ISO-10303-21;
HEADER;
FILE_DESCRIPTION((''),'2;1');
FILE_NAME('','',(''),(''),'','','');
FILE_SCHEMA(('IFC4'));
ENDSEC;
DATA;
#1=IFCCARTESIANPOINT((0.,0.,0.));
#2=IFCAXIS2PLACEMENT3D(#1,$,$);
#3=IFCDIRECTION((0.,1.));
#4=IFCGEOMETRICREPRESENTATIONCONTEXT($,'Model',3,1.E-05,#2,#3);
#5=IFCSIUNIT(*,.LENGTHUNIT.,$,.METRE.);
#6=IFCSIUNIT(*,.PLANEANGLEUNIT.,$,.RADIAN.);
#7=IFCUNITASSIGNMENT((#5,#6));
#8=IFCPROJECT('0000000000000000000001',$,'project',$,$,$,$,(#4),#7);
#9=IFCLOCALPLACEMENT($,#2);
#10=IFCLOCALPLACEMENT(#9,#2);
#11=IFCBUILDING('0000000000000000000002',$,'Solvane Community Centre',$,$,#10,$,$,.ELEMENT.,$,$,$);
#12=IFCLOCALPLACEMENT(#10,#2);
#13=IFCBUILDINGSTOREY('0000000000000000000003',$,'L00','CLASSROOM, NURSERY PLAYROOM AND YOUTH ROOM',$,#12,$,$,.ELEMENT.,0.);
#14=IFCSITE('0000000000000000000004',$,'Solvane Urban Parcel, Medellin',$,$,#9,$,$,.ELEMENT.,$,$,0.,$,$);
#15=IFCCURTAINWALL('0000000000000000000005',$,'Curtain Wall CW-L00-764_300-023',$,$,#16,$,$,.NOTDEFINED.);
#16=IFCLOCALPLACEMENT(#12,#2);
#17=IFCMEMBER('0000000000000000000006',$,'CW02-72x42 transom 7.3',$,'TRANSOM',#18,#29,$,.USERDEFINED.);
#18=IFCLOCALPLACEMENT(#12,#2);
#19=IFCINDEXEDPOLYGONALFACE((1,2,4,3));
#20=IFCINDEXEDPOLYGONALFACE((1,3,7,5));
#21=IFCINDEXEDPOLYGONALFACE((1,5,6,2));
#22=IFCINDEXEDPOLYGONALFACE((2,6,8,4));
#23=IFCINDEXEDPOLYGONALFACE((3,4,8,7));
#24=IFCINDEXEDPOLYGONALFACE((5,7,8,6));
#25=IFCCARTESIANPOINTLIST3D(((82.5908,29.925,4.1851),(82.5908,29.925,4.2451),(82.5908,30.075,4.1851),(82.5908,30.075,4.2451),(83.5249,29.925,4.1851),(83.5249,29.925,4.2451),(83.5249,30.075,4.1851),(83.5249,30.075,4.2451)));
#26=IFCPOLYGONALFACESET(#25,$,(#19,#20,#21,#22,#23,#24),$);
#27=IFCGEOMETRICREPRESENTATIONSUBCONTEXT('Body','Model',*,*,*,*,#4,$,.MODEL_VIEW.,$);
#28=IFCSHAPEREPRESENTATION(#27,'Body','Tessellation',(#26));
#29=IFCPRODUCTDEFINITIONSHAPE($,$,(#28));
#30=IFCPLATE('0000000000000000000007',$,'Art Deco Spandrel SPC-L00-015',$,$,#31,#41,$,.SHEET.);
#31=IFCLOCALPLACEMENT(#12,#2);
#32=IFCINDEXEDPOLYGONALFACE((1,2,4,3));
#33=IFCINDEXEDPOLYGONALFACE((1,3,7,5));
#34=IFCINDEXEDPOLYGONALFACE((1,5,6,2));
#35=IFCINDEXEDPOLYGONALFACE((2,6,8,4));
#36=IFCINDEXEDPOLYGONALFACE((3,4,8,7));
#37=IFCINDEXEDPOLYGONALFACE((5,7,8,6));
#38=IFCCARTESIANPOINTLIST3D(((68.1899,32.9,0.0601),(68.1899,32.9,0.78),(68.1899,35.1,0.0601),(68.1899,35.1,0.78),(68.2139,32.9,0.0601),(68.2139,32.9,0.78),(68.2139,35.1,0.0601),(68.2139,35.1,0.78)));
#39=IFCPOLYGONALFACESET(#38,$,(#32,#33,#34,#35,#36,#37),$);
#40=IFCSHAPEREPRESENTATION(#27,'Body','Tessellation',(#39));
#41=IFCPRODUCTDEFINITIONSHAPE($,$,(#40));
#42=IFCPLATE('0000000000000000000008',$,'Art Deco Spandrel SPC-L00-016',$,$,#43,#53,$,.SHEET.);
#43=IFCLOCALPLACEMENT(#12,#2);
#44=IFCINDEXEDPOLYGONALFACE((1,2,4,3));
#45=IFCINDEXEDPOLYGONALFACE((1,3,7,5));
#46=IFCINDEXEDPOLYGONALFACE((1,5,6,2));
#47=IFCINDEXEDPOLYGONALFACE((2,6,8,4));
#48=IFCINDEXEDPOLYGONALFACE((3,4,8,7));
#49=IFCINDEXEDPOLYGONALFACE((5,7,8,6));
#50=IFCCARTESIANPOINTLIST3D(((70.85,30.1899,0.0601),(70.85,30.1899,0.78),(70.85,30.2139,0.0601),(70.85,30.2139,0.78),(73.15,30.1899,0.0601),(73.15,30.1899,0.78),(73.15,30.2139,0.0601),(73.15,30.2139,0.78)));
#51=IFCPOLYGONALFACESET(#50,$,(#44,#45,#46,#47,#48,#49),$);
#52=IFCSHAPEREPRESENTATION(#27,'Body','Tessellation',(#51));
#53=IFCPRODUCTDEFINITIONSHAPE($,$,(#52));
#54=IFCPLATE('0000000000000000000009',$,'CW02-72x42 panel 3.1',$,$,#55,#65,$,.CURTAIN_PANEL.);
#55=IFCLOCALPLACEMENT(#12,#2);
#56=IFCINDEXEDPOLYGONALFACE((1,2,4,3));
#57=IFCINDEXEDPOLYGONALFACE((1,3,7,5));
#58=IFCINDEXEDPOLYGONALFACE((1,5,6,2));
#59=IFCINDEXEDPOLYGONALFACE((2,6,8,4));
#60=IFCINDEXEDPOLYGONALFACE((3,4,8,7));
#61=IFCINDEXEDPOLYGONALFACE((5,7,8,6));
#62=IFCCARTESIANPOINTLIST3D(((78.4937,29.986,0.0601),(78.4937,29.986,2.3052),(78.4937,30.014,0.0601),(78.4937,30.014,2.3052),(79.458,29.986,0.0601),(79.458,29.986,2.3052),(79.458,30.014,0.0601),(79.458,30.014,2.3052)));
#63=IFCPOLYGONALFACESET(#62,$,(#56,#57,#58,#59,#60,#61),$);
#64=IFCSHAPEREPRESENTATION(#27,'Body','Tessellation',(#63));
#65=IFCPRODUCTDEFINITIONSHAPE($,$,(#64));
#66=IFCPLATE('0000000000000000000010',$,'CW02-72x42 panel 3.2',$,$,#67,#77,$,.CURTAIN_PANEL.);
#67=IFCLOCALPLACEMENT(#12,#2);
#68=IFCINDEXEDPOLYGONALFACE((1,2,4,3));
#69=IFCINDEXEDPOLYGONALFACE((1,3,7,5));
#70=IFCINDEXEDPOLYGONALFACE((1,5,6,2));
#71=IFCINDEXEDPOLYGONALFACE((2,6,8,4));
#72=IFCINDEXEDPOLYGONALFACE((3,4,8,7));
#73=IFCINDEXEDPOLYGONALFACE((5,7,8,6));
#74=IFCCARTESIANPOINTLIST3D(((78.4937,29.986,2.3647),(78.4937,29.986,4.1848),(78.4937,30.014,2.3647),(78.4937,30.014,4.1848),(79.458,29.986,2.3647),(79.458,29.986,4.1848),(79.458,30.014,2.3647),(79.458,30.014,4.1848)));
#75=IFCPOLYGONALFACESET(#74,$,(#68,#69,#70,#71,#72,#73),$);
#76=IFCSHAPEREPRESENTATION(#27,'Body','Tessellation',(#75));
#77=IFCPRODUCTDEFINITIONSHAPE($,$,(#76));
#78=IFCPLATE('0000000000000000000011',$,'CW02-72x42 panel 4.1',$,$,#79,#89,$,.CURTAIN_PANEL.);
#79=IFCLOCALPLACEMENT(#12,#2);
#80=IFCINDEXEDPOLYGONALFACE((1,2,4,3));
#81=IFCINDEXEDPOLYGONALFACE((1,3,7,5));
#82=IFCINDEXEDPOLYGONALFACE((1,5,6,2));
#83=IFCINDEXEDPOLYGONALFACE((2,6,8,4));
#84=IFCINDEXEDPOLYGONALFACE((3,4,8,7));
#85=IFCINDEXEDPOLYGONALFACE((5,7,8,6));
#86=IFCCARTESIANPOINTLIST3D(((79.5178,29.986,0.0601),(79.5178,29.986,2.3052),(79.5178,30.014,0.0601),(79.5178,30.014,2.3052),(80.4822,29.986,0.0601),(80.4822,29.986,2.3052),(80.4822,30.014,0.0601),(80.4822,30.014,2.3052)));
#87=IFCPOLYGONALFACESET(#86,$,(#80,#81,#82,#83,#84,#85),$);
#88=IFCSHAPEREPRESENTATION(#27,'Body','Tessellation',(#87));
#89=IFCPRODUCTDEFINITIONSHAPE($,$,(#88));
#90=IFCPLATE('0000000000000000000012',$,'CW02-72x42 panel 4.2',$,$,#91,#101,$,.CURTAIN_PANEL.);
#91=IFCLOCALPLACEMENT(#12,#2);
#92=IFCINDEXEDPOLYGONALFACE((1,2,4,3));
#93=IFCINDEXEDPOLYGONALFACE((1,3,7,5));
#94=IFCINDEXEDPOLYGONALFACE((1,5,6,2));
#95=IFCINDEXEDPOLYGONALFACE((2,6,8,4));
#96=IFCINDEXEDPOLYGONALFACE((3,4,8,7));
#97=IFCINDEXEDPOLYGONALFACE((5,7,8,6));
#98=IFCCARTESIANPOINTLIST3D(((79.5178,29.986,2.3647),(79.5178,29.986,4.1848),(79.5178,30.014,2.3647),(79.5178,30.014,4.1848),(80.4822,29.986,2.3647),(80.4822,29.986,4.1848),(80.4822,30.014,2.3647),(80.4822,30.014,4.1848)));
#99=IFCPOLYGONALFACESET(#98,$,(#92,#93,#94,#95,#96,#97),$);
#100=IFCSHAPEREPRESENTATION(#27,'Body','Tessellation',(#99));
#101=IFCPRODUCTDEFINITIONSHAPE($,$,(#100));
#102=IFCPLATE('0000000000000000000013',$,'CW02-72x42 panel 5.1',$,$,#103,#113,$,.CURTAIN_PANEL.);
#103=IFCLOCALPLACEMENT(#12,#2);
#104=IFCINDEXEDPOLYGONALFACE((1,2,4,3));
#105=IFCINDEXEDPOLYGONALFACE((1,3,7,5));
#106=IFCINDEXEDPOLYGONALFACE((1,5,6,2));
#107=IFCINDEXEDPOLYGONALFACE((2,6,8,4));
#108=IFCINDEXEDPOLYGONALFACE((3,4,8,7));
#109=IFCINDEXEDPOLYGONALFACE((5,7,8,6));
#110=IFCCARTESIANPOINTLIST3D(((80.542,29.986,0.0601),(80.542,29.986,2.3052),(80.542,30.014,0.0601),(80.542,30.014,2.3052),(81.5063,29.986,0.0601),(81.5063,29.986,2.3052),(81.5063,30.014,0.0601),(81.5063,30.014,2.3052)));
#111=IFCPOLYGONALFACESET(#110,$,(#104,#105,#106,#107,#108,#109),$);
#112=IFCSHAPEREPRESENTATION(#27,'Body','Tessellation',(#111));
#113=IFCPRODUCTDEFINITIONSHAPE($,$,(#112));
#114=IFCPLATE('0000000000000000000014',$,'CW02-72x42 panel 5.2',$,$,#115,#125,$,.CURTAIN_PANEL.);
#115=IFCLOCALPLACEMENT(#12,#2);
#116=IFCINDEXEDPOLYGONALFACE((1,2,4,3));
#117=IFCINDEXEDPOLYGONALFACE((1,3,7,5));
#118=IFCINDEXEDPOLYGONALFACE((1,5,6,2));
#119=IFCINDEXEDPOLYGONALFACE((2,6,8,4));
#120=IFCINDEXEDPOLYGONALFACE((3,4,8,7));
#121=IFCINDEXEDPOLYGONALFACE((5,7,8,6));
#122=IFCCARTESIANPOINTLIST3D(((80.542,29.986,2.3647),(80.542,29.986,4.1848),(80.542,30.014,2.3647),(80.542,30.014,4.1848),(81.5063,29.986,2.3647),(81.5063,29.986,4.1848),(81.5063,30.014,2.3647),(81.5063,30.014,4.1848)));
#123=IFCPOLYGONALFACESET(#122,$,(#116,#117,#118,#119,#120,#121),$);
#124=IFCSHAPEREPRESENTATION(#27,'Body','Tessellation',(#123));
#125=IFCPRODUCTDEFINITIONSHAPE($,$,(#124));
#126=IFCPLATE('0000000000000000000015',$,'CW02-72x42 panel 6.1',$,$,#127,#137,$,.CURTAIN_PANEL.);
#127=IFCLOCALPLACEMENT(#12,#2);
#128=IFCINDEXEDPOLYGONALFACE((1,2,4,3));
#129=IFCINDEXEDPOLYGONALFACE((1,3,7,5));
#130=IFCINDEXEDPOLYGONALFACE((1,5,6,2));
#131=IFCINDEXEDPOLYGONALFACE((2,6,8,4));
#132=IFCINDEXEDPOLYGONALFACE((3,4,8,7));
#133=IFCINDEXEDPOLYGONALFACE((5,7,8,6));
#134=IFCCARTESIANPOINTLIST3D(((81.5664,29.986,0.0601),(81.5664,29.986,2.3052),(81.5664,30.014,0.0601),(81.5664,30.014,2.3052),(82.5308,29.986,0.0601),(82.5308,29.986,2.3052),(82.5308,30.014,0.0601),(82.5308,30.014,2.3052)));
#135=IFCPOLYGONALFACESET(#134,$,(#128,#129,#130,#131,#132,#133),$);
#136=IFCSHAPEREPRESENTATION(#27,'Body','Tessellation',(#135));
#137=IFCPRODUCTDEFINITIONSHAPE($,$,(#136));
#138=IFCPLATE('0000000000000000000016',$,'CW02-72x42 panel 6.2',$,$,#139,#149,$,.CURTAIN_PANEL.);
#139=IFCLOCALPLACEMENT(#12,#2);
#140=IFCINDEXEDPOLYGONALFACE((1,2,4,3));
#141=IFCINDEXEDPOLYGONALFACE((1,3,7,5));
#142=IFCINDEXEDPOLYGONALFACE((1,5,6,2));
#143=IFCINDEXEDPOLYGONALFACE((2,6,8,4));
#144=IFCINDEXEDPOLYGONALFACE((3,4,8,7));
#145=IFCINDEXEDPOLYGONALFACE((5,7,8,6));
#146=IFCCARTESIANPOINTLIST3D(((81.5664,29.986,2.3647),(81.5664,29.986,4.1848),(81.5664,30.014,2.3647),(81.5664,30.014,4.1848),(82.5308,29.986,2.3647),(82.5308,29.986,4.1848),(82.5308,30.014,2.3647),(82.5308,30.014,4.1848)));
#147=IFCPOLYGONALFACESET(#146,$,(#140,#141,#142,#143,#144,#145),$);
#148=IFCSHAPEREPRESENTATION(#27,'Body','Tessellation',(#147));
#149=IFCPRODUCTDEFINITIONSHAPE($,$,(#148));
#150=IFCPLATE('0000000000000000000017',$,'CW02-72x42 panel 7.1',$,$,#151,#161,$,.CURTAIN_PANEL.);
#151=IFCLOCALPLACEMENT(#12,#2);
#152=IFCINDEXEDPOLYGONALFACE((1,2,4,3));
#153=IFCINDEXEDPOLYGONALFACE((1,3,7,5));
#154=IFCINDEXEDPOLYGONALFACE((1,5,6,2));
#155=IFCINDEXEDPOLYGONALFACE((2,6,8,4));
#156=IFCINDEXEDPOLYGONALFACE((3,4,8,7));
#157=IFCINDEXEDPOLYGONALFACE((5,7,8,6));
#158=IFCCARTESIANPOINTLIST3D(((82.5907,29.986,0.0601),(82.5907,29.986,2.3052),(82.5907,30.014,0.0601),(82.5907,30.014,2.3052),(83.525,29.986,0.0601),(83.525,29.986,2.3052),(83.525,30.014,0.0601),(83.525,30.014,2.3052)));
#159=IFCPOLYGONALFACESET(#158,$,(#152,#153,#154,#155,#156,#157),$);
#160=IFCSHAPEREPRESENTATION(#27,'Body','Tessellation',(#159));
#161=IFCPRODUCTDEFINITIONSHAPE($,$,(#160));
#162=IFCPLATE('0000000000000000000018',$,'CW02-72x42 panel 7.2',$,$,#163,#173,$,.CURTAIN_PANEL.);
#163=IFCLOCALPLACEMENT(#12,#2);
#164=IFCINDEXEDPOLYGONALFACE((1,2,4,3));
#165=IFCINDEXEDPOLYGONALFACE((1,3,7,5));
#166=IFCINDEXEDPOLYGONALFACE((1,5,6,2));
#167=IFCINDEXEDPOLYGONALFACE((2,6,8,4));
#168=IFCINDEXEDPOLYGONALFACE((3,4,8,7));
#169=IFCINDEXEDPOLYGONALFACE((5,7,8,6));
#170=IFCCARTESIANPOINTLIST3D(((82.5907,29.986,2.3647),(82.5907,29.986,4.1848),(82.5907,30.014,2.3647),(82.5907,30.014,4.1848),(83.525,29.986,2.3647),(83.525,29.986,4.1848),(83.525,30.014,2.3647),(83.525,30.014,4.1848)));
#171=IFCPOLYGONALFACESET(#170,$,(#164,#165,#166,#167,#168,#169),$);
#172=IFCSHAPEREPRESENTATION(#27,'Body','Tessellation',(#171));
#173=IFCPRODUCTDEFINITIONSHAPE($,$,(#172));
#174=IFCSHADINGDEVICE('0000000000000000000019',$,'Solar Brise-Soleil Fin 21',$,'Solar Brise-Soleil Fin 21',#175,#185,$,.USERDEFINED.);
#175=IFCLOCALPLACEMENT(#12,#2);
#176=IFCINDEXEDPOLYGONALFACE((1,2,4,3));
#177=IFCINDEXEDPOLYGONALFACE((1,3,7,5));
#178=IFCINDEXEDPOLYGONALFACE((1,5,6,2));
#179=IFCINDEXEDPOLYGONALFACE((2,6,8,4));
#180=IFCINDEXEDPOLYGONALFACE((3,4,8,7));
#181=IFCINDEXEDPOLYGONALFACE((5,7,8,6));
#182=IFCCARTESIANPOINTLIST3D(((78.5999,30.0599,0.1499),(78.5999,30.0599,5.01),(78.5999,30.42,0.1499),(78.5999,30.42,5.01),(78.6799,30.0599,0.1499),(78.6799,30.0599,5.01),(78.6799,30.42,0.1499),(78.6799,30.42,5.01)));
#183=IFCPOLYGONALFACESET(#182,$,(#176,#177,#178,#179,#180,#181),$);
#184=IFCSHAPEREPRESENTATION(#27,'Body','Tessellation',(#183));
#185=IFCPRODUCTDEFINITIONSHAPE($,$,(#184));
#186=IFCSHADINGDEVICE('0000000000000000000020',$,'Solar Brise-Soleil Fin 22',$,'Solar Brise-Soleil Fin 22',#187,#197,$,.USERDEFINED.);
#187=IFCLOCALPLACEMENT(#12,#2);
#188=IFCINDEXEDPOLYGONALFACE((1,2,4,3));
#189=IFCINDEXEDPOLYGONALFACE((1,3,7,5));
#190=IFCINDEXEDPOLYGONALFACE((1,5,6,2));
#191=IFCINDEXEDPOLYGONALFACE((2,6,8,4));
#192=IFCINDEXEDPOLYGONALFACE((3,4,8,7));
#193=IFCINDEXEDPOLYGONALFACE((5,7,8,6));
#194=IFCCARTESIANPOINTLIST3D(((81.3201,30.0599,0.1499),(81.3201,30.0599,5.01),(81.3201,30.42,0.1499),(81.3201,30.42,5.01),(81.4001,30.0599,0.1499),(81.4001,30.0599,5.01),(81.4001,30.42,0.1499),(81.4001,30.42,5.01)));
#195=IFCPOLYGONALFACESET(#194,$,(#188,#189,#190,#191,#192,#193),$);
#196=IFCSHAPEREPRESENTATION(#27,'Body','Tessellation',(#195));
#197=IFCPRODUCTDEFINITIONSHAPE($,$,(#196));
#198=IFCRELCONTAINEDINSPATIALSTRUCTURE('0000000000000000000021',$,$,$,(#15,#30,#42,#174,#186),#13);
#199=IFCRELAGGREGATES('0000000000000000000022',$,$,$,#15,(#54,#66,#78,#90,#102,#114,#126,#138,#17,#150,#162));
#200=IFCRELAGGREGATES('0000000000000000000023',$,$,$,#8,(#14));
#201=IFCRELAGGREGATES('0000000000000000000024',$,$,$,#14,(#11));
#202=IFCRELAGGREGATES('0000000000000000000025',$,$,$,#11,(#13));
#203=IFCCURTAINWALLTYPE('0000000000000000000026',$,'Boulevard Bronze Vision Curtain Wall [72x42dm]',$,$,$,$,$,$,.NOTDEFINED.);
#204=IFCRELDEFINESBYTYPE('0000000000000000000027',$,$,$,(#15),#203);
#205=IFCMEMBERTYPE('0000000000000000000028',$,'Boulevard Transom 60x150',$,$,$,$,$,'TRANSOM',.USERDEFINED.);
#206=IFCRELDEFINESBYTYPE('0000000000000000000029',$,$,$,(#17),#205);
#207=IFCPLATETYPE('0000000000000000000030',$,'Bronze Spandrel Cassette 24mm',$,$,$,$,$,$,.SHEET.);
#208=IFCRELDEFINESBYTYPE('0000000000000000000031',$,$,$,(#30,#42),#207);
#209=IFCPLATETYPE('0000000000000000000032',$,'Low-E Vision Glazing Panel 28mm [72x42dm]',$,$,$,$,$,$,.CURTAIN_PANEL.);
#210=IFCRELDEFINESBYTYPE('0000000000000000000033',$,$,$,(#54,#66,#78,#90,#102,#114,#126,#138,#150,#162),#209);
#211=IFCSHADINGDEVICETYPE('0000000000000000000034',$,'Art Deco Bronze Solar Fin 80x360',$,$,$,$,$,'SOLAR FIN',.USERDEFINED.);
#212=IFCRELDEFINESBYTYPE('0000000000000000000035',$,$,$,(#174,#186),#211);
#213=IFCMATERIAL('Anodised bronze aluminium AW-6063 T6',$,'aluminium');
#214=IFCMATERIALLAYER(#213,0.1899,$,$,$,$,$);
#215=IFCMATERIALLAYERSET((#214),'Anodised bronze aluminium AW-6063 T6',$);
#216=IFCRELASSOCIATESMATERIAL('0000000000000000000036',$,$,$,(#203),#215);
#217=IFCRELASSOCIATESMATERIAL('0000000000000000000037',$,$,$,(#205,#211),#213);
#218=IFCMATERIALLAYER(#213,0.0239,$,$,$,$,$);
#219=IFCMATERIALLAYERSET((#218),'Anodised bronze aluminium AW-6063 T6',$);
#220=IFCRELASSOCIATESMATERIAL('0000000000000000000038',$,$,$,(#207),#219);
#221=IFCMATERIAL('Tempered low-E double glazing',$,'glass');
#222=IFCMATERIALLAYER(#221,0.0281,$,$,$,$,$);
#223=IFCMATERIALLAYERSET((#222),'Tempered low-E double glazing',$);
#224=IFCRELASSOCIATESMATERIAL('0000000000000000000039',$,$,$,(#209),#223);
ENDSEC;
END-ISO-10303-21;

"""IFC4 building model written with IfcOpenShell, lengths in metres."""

from ifc_helpers import new_model, si_unit, direction, frame, origin, origin_2d, place, context, subcontext, project, spatial, rectangle, extrude, material, layer, layer_set, material_profile, profile_set, type_object, element, aggregate, save


model = new_model("IFC4")

# Units and contexts
model_context = context("Model", 3, precision=1e-05, world=origin(), true_north=direction((0.0, 1.0)))
body_context = subcontext(model_context, "Body", "Model", "MODEL_VIEW")
ifc_project = project(units=[si_unit("LENGTHUNIT", "METRE"), si_unit("PLANEANGLEUNIT", "RADIAN")], contexts=[model_context])

# Site, building, storey
site_placement = place(None, origin())
site = spatial("IfcSite", under=ifc_project, at=site_placement, Name="Solvane Urban Parcel, Medellin", CompositionType="ELEMENT", RefElevation=0.0)
building_placement = place(site_placement, origin())
building = spatial("IfcBuilding", under=site, at=building_placement, Name="Solvane Community Centre", CompositionType="ELEMENT")
storey_placement = place(building_placement, origin())
storey = spatial("IfcBuildingStorey", under=building, at=storey_placement, Name="L00", Description="CLASSROOM, NURSERY PLAYROOM AND YOUTH ROOM", CompositionType="ELEMENT", Elevation=0.0)

# Curtain wall, member
ifc_material_1 = material(Name="Anodised bronze aluminium AW-6063 T6", Category="aluminium")
ifc_layer_1 = layer(ifc_material_1, 0.1899)
ifc_layer_set_1 = layer_set([ifc_layer_1], Name="Anodised bronze aluminium AW-6063 T6")
curtain_wall_type = type_object("IfcCurtainWallType", Name="Boulevard Bronze Vision Curtain Wall [72x42dm]", PredefinedType="NOTDEFINED", material=ifc_layer_set_1)
curtain_wall_placement = place(storey_placement, origin())
curtain_wall = element("IfcCurtainWall", 1, at=curtain_wall_placement, inside=storey, type_object=curtain_wall_type, Name="Curtain Wall CW-L00-764_300-023", PredefinedType="NOTDEFINED")
ifc_material_profile_1 = material_profile(ifc_material_1, rectangle(XDim=0.1499, YDim=0.0601, at=origin_2d()), Name="CW-T 60x150")
ifc_profile_set_1 = profile_set([ifc_material_profile_1], Name="Anodised bronze aluminium AW-6063 T6")
member_type_1 = type_object("IfcMemberType", Name="Boulevard Transom 60x150", ElementType="TRANSOM", PredefinedType="USERDEFINED", material=ifc_profile_set_1)
member_1_placement = place(storey_placement, frame((82.5908, 30.0, 4.2151), z_axis=(1.0, 0.0, 0.0), x_axis=(0.0, 1.0, 0.0)))
member_1 = element("IfcMember", 2, at=member_1_placement, type_object=member_type_1, Name="CW02-72x42 transom 7.3", ObjectType="TRANSOM", PredefinedType="USERDEFINED", context=body_context, shape_type="SweptSolid", body=[
    extrude(rectangle(XDim=0.1499, YDim=0.0601, at=origin_2d()), origin(), (0.0, 0.0, 1.0), 0.9341),
])

# Plates
ifc_layer_2 = layer(ifc_material_1, 0.0239)
ifc_layer_set_2 = layer_set([ifc_layer_2], Name="Anodised bronze aluminium AW-6063 T6")
plate_type_1 = type_object("IfcPlateType", Name="Bronze Spandrel Cassette 24mm", PredefinedType="SHEET", material=ifc_layer_set_2)
plate_1_placement = place(storey_placement, frame((68.2019, 34.0, 0.0601), z_axis=(0.0, 0.0, 1.0), x_axis=(0.0, -1.0, 0.0)))
element("IfcPlate", 3, at=plate_1_placement, inside=storey, type_object=plate_type_1, Name="Art Deco Spandrel SPC-L00-015", PredefinedType="SHEET", context=body_context, shape_type="SweptSolid", body=[
    extrude(rectangle(XDim=2.2, YDim=0.0239, at=origin_2d()), origin(), (0.0, 0.0, 1.0), 0.72),
])
plate_2_placement = place(storey_placement, frame((72.0, 30.2019, 0.0601), z_axis=(0.0, 0.0, 1.0), x_axis=(1.0, 0.0, 0.0)))
element("IfcPlate", 4, at=plate_2_placement, inside=storey, type_object=plate_type_1, Name="Art Deco Spandrel SPC-L00-016", PredefinedType="SHEET", context=body_context, shape_type="SweptSolid", body=[
    extrude(rectangle(XDim=2.3, YDim=0.0239, at=origin_2d()), origin(), (0.0, 0.0, 1.0), 0.72),
])

# Plates
ifc_material_2 = material(Name="Tempered low-E double glazing", Category="glass")
ifc_layer_3 = layer(ifc_material_2, 0.0281)
ifc_layer_set_3 = layer_set([ifc_layer_3], Name="Tempered low-E double glazing")
plate_type_2 = type_object("IfcPlateType", Name="Low-E Vision Glazing Panel 28mm [72x42dm]", PredefinedType="CURTAIN_PANEL", material=ifc_layer_set_3)
plate_3_placement = place(storey_placement, frame((78.9758, 30.0, 0.0601), z_axis=(0.0, 0.0, 1.0), x_axis=(1.0, 0.0, 0.0)))
plate_3 = element("IfcPlate", 5, at=plate_3_placement, type_object=plate_type_2, Name="CW02-72x42 panel 3.1", PredefinedType="CURTAIN_PANEL", context=body_context, shape_type="SweptSolid", body=[
    extrude(rectangle(XDim=0.9644, YDim=0.0281, at=origin_2d()), origin(), (0.0, 0.0, 1.0), 2.2451),
])
plate_4_placement = place(storey_placement, frame((78.9758, 30.0, 2.3647), z_axis=(0.0, 0.0, 1.0), x_axis=(1.0, 0.0, 0.0)))
plate_4 = element("IfcPlate", 6, at=plate_4_placement, type_object=plate_type_2, Name="CW02-72x42 panel 3.2", PredefinedType="CURTAIN_PANEL", context=body_context, shape_type="SweptSolid", body=[
    extrude(rectangle(XDim=0.9644, YDim=0.0281, at=origin_2d()), origin(), (0.0, 0.0, 1.0), 1.8201),
])
plate_5_placement = place(storey_placement, frame((80.0, 30.0, 0.0601), z_axis=(0.0, 0.0, 1.0), x_axis=(1.0, 0.0, 0.0)))
plate_5 = element("IfcPlate", 7, at=plate_5_placement, type_object=plate_type_2, Name="CW02-72x42 panel 4.1", PredefinedType="CURTAIN_PANEL", context=body_context, shape_type="SweptSolid", body=[
    extrude(rectangle(XDim=0.9644, YDim=0.0281, at=origin_2d()), origin(), (0.0, 0.0, 1.0), 2.2451),
])
plate_6_placement = place(storey_placement, frame((80.0, 30.0, 2.3647), z_axis=(0.0, 0.0, 1.0), x_axis=(1.0, 0.0, 0.0)))
plate_6 = element("IfcPlate", 8, at=plate_6_placement, type_object=plate_type_2, Name="CW02-72x42 panel 4.2", PredefinedType="CURTAIN_PANEL", context=body_context, shape_type="SweptSolid", body=[
    extrude(rectangle(XDim=0.9644, YDim=0.0281, at=origin_2d()), origin(), (0.0, 0.0, 1.0), 1.8201),
])
plate_7_placement = place(storey_placement, frame((81.0242, 30.0, 0.0601), z_axis=(0.0, 0.0, 1.0), x_axis=(1.0, 0.0, 0.0)))
plate_7 = element("IfcPlate", 9, at=plate_7_placement, type_object=plate_type_2, Name="CW02-72x42 panel 5.1", PredefinedType="CURTAIN_PANEL", context=body_context, shape_type="SweptSolid", body=[
    extrude(rectangle(XDim=0.9644, YDim=0.0281, at=origin_2d()), origin(), (0.0, 0.0, 1.0), 2.2451),
])
plate_8_placement = place(storey_placement, frame((81.0242, 30.0, 2.3647), z_axis=(0.0, 0.0, 1.0), x_axis=(1.0, 0.0, 0.0)))
plate_8 = element("IfcPlate", 10, at=plate_8_placement, type_object=plate_type_2, Name="CW02-72x42 panel 5.2", PredefinedType="CURTAIN_PANEL", context=body_context, shape_type="SweptSolid", body=[
    extrude(rectangle(XDim=0.9644, YDim=0.0281, at=origin_2d()), origin(), (0.0, 0.0, 1.0), 1.8201),
])
plate_9_placement = place(storey_placement, frame((82.0486, 30.0, 0.0601), z_axis=(0.0, 0.0, 1.0), x_axis=(1.0, 0.0, 0.0)))
plate_9 = element("IfcPlate", 11, at=plate_9_placement, type_object=plate_type_2, Name="CW02-72x42 panel 6.1", PredefinedType="CURTAIN_PANEL", context=body_context, shape_type="SweptSolid", body=[
    extrude(rectangle(XDim=0.9644, YDim=0.0281, at=origin_2d()), origin(), (0.0, 0.0, 1.0), 2.2451),
])
plate_10_placement = place(storey_placement, frame((82.0486, 30.0, 2.3647), z_axis=(0.0, 0.0, 1.0), x_axis=(1.0, 0.0, 0.0)))
plate_10 = element("IfcPlate", 12, at=plate_10_placement, type_object=plate_type_2, Name="CW02-72x42 panel 6.2", PredefinedType="CURTAIN_PANEL", context=body_context, shape_type="SweptSolid", body=[
    extrude(rectangle(XDim=0.9644, YDim=0.0281, at=origin_2d()), origin(), (0.0, 0.0, 1.0), 1.8201),
])
plate_11_placement = place(storey_placement, frame((83.0579, 30.0, 0.0601), z_axis=(0.0, 0.0, 1.0), x_axis=(1.0, 0.0, 0.0)))
plate_11 = element("IfcPlate", 13, at=plate_11_placement, type_object=plate_type_2, Name="CW02-72x42 panel 7.1", PredefinedType="CURTAIN_PANEL", context=body_context, shape_type="SweptSolid", body=[
    extrude(rectangle(XDim=0.9343, YDim=0.0281, at=origin_2d()), origin(), (0.0, 0.0, 1.0), 2.2451),
])
plate_12_placement = place(storey_placement, frame((83.0579, 30.0, 2.3647), z_axis=(0.0, 0.0, 1.0), x_axis=(1.0, 0.0, 0.0)))
plate_12 = element("IfcPlate", 14, at=plate_12_placement, type_object=plate_type_2, Name="CW02-72x42 panel 7.2", PredefinedType="CURTAIN_PANEL", context=body_context, shape_type="SweptSolid", body=[
    extrude(rectangle(XDim=0.9343, YDim=0.0281, at=origin_2d()), origin(), (0.0, 0.0, 1.0), 1.8201),
])
aggregate(curtain_wall, [plate_3, plate_4, plate_5, plate_6, plate_7, plate_8, plate_9, plate_10, member_1, plate_11, plate_12])

# Shading devices
shading_device_type = type_object("IfcShadingDeviceType", Name="Art Deco Bronze Solar Fin 80x360", ElementType="SOLAR FIN", PredefinedType="USERDEFINED", material=ifc_material_1)
shading_device_1_placement = place(storey_placement, frame((78.6399, 30.24, 0.1499), z_axis=(0.0, 0.0, 1.0), x_axis=(1.0, 0.0, 0.0)))
element("IfcShadingDevice", 15, at=shading_device_1_placement, inside=storey, type_object=shading_device_type, Name="Solar Brise-Soleil Fin 21", ObjectType="Solar Brise-Soleil Fin 21", PredefinedType="USERDEFINED", context=body_context, shape_type="SweptSolid", body=[
    extrude(rectangle(XDim=0.0801, YDim=0.3601, at=origin_2d()), origin(), (0.0, 0.0, 1.0), 4.8601),
])
shading_device_2_placement = place(storey_placement, frame((81.3601, 30.24, 0.1499), z_axis=(0.0, 0.0, 1.0), x_axis=(1.0, 0.0, 0.0)))
element("IfcShadingDevice", 16, at=shading_device_2_placement, inside=storey, type_object=shading_device_type, Name="Solar Brise-Soleil Fin 22", ObjectType="Solar Brise-Soleil Fin 22", PredefinedType="USERDEFINED", context=body_context, shape_type="SweptSolid", body=[
    extrude(rectangle(XDim=0.0801, YDim=0.3601, at=origin_2d()), origin(), (0.0, 0.0, 1.0), 4.8601),
])

save(model, "model.ifc")
